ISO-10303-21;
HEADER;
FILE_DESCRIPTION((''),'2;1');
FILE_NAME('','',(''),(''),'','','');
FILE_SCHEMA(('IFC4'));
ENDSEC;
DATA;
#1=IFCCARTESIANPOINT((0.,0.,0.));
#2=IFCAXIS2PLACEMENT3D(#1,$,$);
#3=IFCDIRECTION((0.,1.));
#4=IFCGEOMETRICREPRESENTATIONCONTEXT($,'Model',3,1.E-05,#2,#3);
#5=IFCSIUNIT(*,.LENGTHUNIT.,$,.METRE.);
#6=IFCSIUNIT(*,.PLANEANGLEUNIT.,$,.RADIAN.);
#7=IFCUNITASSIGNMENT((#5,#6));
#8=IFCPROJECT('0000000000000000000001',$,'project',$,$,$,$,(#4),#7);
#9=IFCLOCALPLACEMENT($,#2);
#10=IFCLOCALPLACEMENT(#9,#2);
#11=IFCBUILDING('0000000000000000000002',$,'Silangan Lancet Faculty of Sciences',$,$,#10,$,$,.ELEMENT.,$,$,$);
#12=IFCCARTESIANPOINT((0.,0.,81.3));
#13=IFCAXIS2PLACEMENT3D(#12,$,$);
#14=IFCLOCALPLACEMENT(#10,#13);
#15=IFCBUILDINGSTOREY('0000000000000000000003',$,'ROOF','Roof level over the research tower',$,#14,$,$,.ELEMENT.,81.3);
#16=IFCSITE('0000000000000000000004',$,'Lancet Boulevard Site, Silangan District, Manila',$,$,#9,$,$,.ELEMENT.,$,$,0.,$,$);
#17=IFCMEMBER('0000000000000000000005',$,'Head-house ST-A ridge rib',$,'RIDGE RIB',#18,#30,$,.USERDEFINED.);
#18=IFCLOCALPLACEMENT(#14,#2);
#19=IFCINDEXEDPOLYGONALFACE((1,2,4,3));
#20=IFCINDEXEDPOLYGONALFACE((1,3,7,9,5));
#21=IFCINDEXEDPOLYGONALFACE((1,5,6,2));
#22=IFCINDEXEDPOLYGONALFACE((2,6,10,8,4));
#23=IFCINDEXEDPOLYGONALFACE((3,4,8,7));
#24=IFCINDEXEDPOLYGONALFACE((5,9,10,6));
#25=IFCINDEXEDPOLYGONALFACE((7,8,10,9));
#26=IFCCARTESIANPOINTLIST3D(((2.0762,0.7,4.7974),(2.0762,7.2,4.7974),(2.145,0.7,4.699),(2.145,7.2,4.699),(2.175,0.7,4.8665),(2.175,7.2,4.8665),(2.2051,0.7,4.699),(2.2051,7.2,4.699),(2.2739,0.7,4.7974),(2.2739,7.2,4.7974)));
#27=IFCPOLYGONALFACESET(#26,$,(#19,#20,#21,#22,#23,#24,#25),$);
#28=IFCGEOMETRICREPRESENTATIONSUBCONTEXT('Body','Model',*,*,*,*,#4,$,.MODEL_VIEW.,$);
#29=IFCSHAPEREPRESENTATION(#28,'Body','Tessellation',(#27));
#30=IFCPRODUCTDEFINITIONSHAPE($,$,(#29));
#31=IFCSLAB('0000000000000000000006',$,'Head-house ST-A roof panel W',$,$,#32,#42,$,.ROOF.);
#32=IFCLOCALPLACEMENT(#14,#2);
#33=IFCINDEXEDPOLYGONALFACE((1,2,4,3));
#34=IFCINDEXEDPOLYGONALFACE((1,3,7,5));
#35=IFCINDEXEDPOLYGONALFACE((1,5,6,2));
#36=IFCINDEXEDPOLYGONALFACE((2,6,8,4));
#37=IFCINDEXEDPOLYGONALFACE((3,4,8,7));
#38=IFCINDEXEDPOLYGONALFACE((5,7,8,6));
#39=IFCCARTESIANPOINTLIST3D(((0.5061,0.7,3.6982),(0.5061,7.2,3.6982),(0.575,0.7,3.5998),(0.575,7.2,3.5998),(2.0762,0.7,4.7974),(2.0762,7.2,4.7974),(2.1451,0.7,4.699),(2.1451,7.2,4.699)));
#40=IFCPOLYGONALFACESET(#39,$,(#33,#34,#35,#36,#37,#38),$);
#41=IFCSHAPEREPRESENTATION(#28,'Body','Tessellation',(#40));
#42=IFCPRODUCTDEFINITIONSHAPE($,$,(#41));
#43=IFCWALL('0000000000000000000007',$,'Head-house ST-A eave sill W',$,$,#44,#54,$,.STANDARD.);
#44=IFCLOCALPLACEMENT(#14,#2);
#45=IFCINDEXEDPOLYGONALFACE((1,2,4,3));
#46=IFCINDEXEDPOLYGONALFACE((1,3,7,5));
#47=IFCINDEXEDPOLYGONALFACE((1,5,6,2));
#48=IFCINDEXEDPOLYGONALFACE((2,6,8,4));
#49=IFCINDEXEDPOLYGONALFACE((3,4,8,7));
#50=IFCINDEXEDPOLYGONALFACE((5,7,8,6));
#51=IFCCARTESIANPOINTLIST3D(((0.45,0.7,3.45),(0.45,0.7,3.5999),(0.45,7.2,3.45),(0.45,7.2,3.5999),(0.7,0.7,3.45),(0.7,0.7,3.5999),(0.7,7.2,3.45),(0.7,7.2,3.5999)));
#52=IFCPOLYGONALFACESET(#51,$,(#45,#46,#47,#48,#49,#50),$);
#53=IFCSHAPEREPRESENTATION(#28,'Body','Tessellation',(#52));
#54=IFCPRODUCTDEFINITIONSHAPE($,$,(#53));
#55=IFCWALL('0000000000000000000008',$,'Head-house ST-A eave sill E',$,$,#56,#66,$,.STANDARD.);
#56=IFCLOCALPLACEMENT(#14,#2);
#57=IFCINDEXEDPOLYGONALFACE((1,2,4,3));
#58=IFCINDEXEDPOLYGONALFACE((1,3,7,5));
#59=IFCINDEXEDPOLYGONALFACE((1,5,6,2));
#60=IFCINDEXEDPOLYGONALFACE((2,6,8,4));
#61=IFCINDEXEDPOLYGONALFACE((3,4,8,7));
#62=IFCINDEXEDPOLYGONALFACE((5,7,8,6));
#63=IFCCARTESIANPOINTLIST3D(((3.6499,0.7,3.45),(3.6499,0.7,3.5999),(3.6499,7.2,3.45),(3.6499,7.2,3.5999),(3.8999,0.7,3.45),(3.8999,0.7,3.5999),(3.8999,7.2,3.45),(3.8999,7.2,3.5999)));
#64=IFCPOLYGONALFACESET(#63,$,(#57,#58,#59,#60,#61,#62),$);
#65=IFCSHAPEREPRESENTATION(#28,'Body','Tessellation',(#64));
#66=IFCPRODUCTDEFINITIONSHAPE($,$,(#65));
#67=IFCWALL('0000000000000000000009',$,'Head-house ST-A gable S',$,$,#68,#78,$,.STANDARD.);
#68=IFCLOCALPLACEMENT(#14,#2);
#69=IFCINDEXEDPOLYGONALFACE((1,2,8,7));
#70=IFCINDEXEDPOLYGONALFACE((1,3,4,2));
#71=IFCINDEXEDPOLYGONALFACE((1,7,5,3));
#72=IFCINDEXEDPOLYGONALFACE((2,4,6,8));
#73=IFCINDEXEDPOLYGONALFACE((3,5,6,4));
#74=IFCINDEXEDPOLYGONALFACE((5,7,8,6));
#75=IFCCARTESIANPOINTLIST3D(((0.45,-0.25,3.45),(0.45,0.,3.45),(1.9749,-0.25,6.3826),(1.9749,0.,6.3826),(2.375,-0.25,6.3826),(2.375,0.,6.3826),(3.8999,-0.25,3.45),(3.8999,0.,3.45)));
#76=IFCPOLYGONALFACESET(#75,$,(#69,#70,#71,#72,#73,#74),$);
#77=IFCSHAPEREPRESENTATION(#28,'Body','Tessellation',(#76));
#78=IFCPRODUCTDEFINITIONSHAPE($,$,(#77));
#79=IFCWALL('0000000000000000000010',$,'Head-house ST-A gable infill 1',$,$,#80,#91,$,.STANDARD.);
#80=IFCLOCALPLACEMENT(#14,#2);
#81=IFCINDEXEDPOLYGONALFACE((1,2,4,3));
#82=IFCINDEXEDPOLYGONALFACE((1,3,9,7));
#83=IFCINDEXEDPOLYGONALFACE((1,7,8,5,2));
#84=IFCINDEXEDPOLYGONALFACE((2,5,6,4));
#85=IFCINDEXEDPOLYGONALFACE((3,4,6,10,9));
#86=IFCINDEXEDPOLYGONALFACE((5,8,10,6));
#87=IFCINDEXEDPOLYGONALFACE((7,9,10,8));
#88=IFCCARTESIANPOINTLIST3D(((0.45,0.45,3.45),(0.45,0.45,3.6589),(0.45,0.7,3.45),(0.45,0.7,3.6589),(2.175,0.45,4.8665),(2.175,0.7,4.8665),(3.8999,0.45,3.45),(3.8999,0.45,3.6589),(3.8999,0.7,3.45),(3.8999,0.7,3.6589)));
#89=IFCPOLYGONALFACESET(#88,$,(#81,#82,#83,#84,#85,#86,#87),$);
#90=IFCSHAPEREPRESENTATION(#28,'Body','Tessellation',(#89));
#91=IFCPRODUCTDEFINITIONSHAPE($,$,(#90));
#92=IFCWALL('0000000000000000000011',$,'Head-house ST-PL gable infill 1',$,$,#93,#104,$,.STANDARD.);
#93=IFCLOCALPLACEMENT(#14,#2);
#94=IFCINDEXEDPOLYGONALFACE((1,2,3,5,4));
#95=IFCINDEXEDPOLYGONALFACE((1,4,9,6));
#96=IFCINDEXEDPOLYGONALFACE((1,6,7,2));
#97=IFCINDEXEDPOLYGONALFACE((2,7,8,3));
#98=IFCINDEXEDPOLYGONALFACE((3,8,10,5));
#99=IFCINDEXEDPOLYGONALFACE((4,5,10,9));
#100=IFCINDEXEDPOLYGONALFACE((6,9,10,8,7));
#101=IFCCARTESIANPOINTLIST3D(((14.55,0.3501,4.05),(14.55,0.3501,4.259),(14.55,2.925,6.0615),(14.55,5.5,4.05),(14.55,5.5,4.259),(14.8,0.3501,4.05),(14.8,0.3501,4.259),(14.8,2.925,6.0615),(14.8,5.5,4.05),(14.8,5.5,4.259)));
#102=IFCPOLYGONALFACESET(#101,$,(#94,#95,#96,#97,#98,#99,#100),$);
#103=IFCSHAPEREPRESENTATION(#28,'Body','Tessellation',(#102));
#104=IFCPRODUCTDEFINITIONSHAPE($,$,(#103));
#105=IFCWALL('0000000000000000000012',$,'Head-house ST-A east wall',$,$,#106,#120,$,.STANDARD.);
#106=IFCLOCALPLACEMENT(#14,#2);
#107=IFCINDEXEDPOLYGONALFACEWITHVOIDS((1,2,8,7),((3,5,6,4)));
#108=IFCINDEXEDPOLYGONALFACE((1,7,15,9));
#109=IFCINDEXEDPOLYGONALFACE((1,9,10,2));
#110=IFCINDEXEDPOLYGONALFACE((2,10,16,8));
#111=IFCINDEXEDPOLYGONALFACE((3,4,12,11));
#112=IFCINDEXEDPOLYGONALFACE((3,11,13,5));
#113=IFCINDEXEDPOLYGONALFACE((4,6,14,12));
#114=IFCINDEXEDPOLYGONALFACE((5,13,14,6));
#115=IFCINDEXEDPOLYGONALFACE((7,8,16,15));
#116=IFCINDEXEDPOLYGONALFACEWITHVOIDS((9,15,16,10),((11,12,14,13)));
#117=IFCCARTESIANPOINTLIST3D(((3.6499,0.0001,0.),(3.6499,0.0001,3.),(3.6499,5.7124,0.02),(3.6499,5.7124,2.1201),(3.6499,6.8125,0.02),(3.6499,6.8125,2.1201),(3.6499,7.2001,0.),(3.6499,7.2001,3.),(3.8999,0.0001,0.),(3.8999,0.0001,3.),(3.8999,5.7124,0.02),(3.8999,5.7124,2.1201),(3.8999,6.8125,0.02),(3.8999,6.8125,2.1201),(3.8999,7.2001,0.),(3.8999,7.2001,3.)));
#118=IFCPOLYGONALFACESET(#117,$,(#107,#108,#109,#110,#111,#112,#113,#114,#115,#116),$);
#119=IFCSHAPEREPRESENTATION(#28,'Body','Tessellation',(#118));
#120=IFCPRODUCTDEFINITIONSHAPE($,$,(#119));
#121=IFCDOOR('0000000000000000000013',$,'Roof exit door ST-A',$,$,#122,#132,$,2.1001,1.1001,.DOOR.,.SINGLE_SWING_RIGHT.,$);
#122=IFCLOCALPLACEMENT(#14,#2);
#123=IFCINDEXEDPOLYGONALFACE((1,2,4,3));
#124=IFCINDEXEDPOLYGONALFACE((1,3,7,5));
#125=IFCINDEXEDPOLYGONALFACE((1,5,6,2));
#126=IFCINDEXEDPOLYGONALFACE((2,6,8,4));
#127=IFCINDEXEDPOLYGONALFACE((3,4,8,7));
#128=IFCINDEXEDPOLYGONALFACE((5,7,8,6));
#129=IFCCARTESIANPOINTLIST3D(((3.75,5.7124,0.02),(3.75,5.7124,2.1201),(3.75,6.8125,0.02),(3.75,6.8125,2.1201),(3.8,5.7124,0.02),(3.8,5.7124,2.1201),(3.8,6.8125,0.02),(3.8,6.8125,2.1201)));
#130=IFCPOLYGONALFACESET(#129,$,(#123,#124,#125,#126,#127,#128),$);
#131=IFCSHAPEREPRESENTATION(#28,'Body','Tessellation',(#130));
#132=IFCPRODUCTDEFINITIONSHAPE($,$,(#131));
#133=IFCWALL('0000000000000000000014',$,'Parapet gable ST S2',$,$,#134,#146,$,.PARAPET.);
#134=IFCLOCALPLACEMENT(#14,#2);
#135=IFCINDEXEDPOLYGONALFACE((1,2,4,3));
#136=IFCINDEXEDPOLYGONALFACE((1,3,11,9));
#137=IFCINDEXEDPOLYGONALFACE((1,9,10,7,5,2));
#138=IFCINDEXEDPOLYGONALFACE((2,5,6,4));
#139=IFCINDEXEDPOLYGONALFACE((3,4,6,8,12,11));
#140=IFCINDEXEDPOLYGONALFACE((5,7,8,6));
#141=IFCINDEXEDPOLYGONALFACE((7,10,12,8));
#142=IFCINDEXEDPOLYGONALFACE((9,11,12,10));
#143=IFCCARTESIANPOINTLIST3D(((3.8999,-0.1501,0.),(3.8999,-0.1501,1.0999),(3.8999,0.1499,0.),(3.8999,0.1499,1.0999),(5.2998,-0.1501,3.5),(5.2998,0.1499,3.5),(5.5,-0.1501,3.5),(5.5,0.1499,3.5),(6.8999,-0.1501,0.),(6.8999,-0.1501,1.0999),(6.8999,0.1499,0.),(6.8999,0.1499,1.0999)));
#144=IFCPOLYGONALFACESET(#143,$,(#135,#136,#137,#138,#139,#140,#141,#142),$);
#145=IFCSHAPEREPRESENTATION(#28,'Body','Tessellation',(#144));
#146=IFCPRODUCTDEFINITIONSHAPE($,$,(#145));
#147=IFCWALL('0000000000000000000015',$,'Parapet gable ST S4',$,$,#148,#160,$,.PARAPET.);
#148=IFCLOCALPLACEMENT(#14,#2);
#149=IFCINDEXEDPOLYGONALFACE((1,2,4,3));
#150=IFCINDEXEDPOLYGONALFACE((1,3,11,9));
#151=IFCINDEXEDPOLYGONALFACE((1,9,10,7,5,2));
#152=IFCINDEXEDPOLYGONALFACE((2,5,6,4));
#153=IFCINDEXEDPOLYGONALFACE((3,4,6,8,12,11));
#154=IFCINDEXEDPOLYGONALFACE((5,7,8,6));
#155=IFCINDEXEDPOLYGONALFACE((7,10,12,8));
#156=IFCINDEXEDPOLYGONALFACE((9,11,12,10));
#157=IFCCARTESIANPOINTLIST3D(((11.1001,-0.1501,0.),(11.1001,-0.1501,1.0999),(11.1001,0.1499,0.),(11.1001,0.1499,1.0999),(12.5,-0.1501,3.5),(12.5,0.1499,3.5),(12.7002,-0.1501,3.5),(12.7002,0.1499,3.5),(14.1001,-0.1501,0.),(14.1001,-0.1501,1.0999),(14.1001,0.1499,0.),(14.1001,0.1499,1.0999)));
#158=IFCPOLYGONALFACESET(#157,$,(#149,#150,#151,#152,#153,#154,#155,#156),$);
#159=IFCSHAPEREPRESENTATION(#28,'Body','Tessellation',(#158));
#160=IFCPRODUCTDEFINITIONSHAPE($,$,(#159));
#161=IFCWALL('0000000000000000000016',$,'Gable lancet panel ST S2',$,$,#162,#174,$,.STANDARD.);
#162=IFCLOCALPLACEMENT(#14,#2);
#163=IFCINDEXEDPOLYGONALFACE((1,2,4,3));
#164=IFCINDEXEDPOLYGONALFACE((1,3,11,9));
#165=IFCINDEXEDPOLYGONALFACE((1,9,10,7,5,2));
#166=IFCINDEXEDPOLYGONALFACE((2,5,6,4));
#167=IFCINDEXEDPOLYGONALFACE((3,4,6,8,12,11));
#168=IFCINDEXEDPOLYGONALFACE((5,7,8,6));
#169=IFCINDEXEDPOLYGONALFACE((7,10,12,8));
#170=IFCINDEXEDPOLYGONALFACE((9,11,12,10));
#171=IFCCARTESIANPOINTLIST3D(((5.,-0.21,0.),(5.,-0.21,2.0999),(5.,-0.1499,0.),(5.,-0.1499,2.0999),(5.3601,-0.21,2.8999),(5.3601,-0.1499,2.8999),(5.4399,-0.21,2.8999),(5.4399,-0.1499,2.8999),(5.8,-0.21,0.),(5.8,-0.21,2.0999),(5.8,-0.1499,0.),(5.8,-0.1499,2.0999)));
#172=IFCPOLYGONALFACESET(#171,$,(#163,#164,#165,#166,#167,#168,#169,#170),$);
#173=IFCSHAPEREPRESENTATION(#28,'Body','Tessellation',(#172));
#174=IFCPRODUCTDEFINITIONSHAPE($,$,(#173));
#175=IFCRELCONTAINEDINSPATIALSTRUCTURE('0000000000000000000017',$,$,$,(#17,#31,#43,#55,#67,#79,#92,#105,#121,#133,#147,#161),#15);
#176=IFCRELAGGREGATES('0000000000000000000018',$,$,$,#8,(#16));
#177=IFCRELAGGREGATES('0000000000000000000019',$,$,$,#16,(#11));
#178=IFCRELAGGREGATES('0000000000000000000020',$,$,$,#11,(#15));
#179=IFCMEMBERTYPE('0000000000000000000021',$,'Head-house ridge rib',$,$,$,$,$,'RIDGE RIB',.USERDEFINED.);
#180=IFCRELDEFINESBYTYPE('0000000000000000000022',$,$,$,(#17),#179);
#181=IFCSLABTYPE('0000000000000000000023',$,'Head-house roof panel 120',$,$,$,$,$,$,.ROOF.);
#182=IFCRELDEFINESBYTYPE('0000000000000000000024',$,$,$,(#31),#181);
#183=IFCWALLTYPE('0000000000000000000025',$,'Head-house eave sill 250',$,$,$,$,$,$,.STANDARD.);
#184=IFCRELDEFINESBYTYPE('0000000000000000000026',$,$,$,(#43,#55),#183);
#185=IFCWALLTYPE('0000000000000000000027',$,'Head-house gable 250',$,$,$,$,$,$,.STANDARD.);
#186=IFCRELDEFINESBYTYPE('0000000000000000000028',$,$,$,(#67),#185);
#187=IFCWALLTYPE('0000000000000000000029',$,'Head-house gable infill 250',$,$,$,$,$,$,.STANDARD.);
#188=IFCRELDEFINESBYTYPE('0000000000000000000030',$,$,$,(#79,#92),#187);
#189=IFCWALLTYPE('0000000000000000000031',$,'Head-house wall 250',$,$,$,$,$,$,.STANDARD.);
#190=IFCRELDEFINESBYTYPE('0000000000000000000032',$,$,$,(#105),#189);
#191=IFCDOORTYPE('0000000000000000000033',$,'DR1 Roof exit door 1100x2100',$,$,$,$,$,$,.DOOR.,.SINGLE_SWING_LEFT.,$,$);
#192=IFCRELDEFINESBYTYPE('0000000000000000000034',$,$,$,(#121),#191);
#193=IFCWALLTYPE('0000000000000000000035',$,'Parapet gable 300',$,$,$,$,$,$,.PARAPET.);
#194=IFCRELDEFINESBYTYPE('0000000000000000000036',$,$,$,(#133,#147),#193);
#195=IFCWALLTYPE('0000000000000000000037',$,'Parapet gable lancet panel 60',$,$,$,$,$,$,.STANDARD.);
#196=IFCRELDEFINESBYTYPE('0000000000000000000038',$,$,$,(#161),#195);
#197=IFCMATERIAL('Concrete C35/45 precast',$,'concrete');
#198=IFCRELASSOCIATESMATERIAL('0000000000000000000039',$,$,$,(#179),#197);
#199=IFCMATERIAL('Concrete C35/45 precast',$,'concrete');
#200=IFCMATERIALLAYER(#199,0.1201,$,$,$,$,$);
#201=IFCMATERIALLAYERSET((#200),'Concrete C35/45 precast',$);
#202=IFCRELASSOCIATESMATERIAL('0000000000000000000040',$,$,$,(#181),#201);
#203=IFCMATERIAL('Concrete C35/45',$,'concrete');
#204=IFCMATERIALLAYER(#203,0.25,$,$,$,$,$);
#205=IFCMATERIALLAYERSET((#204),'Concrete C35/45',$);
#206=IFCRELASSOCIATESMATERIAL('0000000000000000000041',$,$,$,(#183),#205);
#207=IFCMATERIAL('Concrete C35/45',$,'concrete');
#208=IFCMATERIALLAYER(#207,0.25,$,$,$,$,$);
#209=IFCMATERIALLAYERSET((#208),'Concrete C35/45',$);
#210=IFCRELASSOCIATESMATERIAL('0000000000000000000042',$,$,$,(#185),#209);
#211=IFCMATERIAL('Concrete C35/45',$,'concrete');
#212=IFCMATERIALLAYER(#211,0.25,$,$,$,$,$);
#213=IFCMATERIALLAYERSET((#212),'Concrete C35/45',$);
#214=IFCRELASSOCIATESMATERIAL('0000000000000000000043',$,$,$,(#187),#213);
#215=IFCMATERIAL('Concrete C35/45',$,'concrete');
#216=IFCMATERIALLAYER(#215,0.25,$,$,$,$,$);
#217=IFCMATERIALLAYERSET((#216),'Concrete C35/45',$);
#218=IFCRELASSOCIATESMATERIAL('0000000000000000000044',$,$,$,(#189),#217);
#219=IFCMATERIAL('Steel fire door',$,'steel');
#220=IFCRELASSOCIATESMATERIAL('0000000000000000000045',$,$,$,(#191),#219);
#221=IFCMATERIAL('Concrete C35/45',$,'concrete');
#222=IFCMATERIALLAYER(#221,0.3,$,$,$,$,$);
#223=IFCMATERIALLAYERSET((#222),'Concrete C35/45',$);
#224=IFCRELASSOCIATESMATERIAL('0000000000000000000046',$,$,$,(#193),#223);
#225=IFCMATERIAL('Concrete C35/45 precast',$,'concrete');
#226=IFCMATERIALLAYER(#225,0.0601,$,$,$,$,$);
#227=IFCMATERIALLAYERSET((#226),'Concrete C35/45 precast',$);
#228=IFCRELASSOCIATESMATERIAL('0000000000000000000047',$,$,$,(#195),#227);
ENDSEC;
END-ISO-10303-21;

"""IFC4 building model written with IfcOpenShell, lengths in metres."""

from ifc_helpers import new_model, si_unit, direction, frame, frame_2d, origin, place, context, subcontext, project, spatial, polyline, rectangle, outline, extrude, material, layer, layer_set, material_profile, profile_set, type_object, element, fill, save


model = new_model("IFC4")

# Units and contexts
model_context = context("Model", 3, precision=1e-05, world=origin(), true_north=direction((0.0, 1.0)))
body_context = subcontext(model_context, "Body", "Model", "MODEL_VIEW")
ifc_project = project(units=[si_unit("LENGTHUNIT", "METRE"), si_unit("PLANEANGLEUNIT", "RADIAN")], contexts=[model_context])

# Site, building, storey
site_placement = place(None, origin())
site = spatial("IfcSite", under=ifc_project, at=site_placement, Name="Lancet Boulevard Site, Silangan District, Manila", CompositionType="ELEMENT", RefElevation=0.0)
building_placement = place(site_placement, origin())
building = spatial("IfcBuilding", under=site, at=building_placement, Name="Silangan Lancet Faculty of Sciences", CompositionType="ELEMENT")
storey_placement = place(building_placement, frame((0.0, 0.0, 81.3)))
storey = spatial("IfcBuildingStorey", under=building, at=storey_placement, Name="ROOF", Description="Roof level over the research tower", CompositionType="ELEMENT", Elevation=81.3)

# Member
ifc_material_1 = material(Name="Concrete C35/45 precast", Category="concrete")
ifc_material_profile = material_profile(ifc_material_1, outline(polyline([(0.0, 0.0), (0.0989, -0.0691), (0.03, -0.1675), (-0.03, -0.1675), (-0.0989, -0.0691), (0.0, 0.0)])), Name="ridge rib")
ifc_profile_set = profile_set([ifc_material_profile], Name="Concrete C35/45 precast")
member_type = type_object("IfcMemberType", Name="Head-house ridge rib", ElementType="RIDGE RIB", PredefinedType="USERDEFINED", material=ifc_profile_set)
member_placement = place(storey_placement, frame((2.175, 0.7, 4.8665), z_axis=(0.0, 1.0, 0.0), x_axis=(-1.0, 0.0, 0.0)))
element("IfcMember", 1, at=member_placement, inside=storey, type_object=member_type, Name="Head-house ST-A ridge rib", ObjectType="RIDGE RIB", PredefinedType="USERDEFINED", context=body_context, shape_type="SweptSolid", body=[
    extrude(outline(polyline([(0.0, 0.0), (0.0989, -0.0691), (0.03, -0.1675), (-0.03, -0.1675), (-0.0989, -0.0691), (0.0, 0.0)])), origin(), (0.0, 0.0, 1.0), 6.5),
])

# Slab
ifc_material_2 = material(Name="Concrete C35/45 precast", Category="concrete")
ifc_layer_1 = layer(ifc_material_2, 0.1201)
ifc_layer_set_1 = layer_set([ifc_layer_1], Name="Concrete C35/45 precast")
slab_type = type_object("IfcSlabType", Name="Head-house roof panel 120", PredefinedType="ROOF", material=ifc_layer_set_1)
slab_placement = place(storey_placement, frame((0.5061, 0.7, 3.6982), z_axis=(-0.573488, 0.0, 0.819214), x_axis=(0.0, 1.0, 0.0)))
element("IfcSlab", 2, at=slab_placement, inside=storey, type_object=slab_type, Name="Head-house ST-A roof panel W", PredefinedType="ROOF", context=body_context, shape_type="SweptSolid", body=[
    extrude(outline(polyline([(0.0, 0.0), (6.5, 0.0), (6.5, -1.9166), (0.0, -1.9166), (0.0, 0.0)])), origin(), (0.0, 0.0, -1.0), 0.1201),
])

# Walls
ifc_material_3 = material(Name="Concrete C35/45", Category="concrete")
ifc_layer_2 = layer(ifc_material_3, 0.25)
ifc_layer_set_2 = layer_set([ifc_layer_2], Name="Concrete C35/45")
wall_type_1 = type_object("IfcWallType", Name="Head-house eave sill 250", PredefinedType="STANDARD", material=ifc_layer_set_2)
for number, where, z_axis, x_axis, name in (
    (3, (0.575, 0.7, 3.45), (0.0, 0.0, 1.0), (0.0, 1.0, 0.0), "Head-house ST-A eave sill W"),
    (4, (3.7749, 0.7, 3.45), (0.0, 0.0, 1.0), (0.0, 1.0, 0.0), "Head-house ST-A eave sill E"),
):
    element("IfcWall", number, at=place(storey_placement, frame(where, z_axis=z_axis, x_axis=x_axis)), inside=storey, type_object=wall_type_1, Name=name, PredefinedType="STANDARD", context=body_context, shape_type="SweptSolid", body=[
        extrude(rectangle(XDim=6.5, YDim=0.25, at=frame_2d((3.25, 0.0))), origin(), (0.0, 0.0, 1.0), 0.1499),
    ])
ifc_material_4 = material(Name="Concrete C35/45", Category="concrete")
ifc_layer_3 = layer(ifc_material_4, 0.25)
ifc_layer_set_3 = layer_set([ifc_layer_3], Name="Concrete C35/45")
wall_type_2 = type_object("IfcWallType", Name="Head-house gable 250", PredefinedType="STANDARD", material=ifc_layer_set_3)
wall_1_placement = place(storey_placement, frame((0.45, -0.125, 3.45), z_axis=(0.0, 0.0, 1.0), x_axis=(1.0, 0.0, 0.0)))
element("IfcWall", 5, at=wall_1_placement, inside=storey, type_object=wall_type_2, Name="Head-house ST-A gable S", PredefinedType="STANDARD", context=body_context, shape_type="SweptSolid", body=[
    extrude(outline(polyline([(0.0, 0.0), (3.45, 0.0), (1.925, 2.9326), (1.5249, 2.9326), (0.0, 0.0)])), frame((0.0, 0.125, 0.0), z_axis=(0.0, -1.0, 0.0), x_axis=(1.0, 0.0, 0.0)), (0.0, 0.0, 1.0), 0.25),
])
ifc_material_5 = material(Name="Concrete C35/45", Category="concrete")
ifc_layer_4 = layer(ifc_material_5, 0.25)
ifc_layer_set_4 = layer_set([ifc_layer_4], Name="Concrete C35/45")
wall_type_3 = type_object("IfcWallType", Name="Head-house gable infill 250", PredefinedType="STANDARD", material=ifc_layer_set_4)
wall_2_placement = place(storey_placement, frame((0.45, 0.575, 3.45), z_axis=(0.0, 0.0, 1.0), x_axis=(1.0, 0.0, 0.0)))
element("IfcWall", 6, at=wall_2_placement, inside=storey, type_object=wall_type_3, Name="Head-house ST-A gable infill 1", PredefinedType="STANDARD", context=body_context, shape_type="SweptSolid", body=[
    extrude(outline(polyline([(0.0, 0.0), (3.45, 0.0), (3.45, 0.209), (1.7251, 1.4165), (0.0, 0.209), (0.0, 0.0)])), frame((0.0, 0.125, 0.0), z_axis=(0.0, -1.0, 0.0), x_axis=(1.0, 0.0, 0.0)), (0.0, 0.0, 1.0), 0.25),
])
wall_3_placement = place(storey_placement, frame((14.675, 0.3501, 4.05), z_axis=(0.0, 0.0, 1.0), x_axis=(0.0, 1.0, 0.0)))
element("IfcWall", 7, at=wall_3_placement, inside=storey, type_object=wall_type_3, Name="Head-house ST-PL gable infill 1", PredefinedType="STANDARD", context=body_context, shape_type="SweptSolid", body=[
    extrude(outline(polyline([(0.0, 0.0), (5.1499, 0.0), (5.1499, 0.209), (2.575, 2.0115), (0.0, 0.209), (0.0, 0.0)])), frame((0.0, 0.125, 0.0), z_axis=(0.0, -1.0, 0.0), x_axis=(1.0, 0.0, 0.0)), (0.0, 0.0, 1.0), 0.25),
])

# Wall, opening, door
ifc_material_6 = material(Name="Concrete C35/45", Category="concrete")
ifc_layer_5 = layer(ifc_material_6, 0.25)
ifc_layer_set_5 = layer_set([ifc_layer_5], Name="Concrete C35/45")
wall_type_4 = type_object("IfcWallType", Name="Head-house wall 250", PredefinedType="STANDARD", material=ifc_layer_set_5)
wall_4_placement = place(storey_placement, frame((3.7749, 0.0, 0.0), z_axis=(0.0, 0.0, 1.0), x_axis=(0.0, 1.0, 0.0)))
wall_4 = element("IfcWall", 8, at=wall_4_placement, inside=storey, type_object=wall_type_4, Name="Head-house ST-A east wall", PredefinedType="STANDARD", context=body_context, shape_type="SweptSolid", body=[
    extrude(rectangle(XDim=7.2, YDim=0.25, at=frame_2d((3.6001, 0.0))), origin(), (0.0, 0.0, 1.0), 3.0),
])
opening_1_placement = place(wall_4_placement, frame((5.7124, 0.0, 0.02)))
opening_1 = element("IfcOpeningElement", 9, at=opening_1_placement, cuts=wall_4, PredefinedType="OPENING", context=body_context, shape_type="SweptSolid", body=[
    extrude(rectangle(XDim=1.1001, YDim=2.1001, at=frame_2d((0.55, 1.05))), frame((0.0, 0.135, 0.0), z_axis=(0.0, -1.0, 0.0), x_axis=(1.0, 0.0, 0.0)), (0.0, 0.0, 1.0), 0.27),
])
ifc_material_7 = material(Name="Steel fire door", Category="steel")
door_type = type_object("IfcDoorType", Name="DR1 Roof exit door 1100x2100", OperationType="SINGLE_SWING_LEFT", PredefinedType="DOOR", material=ifc_material_7)
door_1_placement = place(opening_1_placement, frame((1.1001, 0.0, 0.0), z_axis=(0.0, 0.0, 1.0), x_axis=(-1.0, 0.0, 0.0)))
door_1 = element("IfcDoor", 10, at=door_1_placement, inside=storey, type_object=door_type, Name="Roof exit door ST-A", OperationType="SINGLE_SWING_RIGHT", OverallHeight=2.1001, OverallWidth=1.1001, PredefinedType="DOOR", context=body_context, shape_type="SweptSolid", body=[
    extrude(rectangle(XDim=1.1001, YDim=2.1001, at=frame_2d((0.55, 1.05))), frame((0.0, 0.0251, 0.0), z_axis=(0.0, -1.0, 0.0), x_axis=(1.0, 0.0, 0.0)), (0.0, 0.0, 1.0), 0.05),
])
fill(opening_1, door_1)

# Walls
ifc_material_8 = material(Name="Concrete C35/45", Category="concrete")
ifc_layer_6 = layer(ifc_material_8, 0.3)
ifc_layer_set_6 = layer_set([ifc_layer_6], Name="Concrete C35/45")
wall_type_5 = type_object("IfcWallType", Name="Parapet gable 300", PredefinedType="PARAPET", material=ifc_layer_set_6)
for number, where, z_axis, x_axis, name in (
    (11, (3.8999, 0.0, 0.0), (0.0, 0.0, 1.0), (1.0, 0.0, 0.0), "Parapet gable ST S2"),
    (12, (11.1001, 0.0, 0.0), (0.0, 0.0, 1.0), (1.0, 0.0, 0.0), "Parapet gable ST S4"),
):
    element("IfcWall", number, at=place(storey_placement, frame(where, z_axis=z_axis, x_axis=x_axis)), inside=storey, type_object=wall_type_5, Name=name, PredefinedType="PARAPET", context=body_context, shape_type="SweptSolid", body=[
        extrude(outline(polyline([(0.0, 0.0), (3.0, 0.0), (3.0, 1.0999), (1.6001, 3.5), (1.3999, 3.5), (0.0, 1.0999), (0.0, 0.0)])), frame((0.0, 0.1499, 0.0), z_axis=(0.0, -1.0, 0.0), x_axis=(1.0, 0.0, 0.0)), (0.0, 0.0, 1.0), 0.3),
    ])
ifc_material_9 = material(Name="Concrete C35/45 precast", Category="concrete")
ifc_layer_7 = layer(ifc_material_9, 0.0601)
ifc_layer_set_7 = layer_set([ifc_layer_7], Name="Concrete C35/45 precast")
wall_type_6 = type_object("IfcWallType", Name="Parapet gable lancet panel 60", PredefinedType="STANDARD", material=ifc_layer_set_7)
for number, where, z_axis, x_axis, name in (
    (13, (5.0, -0.1799, 0.0), (0.0, 0.0, 1.0), (1.0, 0.0, 0.0), "Gable lancet panel ST S2"),
):
    element("IfcWall", number, at=place(storey_placement, frame(where, z_axis=z_axis, x_axis=x_axis)), inside=storey, type_object=wall_type_6, Name=name, PredefinedType="STANDARD", context=body_context, shape_type="SweptSolid", body=[
        extrude(outline(polyline([(0.0, 0.0), (0.8, 0.0), (0.8, 2.0999), (0.4399, 2.8999), (0.3601, 2.8999), (0.0, 2.0999), (0.0, 0.0)])), frame((0.0, 0.03, 0.0), z_axis=(0.0, -1.0, 0.0), x_axis=(1.0, 0.0, 0.0)), (0.0, 0.0, 1.0), 0.0601),
    ])

save(model, "model.ifc")
